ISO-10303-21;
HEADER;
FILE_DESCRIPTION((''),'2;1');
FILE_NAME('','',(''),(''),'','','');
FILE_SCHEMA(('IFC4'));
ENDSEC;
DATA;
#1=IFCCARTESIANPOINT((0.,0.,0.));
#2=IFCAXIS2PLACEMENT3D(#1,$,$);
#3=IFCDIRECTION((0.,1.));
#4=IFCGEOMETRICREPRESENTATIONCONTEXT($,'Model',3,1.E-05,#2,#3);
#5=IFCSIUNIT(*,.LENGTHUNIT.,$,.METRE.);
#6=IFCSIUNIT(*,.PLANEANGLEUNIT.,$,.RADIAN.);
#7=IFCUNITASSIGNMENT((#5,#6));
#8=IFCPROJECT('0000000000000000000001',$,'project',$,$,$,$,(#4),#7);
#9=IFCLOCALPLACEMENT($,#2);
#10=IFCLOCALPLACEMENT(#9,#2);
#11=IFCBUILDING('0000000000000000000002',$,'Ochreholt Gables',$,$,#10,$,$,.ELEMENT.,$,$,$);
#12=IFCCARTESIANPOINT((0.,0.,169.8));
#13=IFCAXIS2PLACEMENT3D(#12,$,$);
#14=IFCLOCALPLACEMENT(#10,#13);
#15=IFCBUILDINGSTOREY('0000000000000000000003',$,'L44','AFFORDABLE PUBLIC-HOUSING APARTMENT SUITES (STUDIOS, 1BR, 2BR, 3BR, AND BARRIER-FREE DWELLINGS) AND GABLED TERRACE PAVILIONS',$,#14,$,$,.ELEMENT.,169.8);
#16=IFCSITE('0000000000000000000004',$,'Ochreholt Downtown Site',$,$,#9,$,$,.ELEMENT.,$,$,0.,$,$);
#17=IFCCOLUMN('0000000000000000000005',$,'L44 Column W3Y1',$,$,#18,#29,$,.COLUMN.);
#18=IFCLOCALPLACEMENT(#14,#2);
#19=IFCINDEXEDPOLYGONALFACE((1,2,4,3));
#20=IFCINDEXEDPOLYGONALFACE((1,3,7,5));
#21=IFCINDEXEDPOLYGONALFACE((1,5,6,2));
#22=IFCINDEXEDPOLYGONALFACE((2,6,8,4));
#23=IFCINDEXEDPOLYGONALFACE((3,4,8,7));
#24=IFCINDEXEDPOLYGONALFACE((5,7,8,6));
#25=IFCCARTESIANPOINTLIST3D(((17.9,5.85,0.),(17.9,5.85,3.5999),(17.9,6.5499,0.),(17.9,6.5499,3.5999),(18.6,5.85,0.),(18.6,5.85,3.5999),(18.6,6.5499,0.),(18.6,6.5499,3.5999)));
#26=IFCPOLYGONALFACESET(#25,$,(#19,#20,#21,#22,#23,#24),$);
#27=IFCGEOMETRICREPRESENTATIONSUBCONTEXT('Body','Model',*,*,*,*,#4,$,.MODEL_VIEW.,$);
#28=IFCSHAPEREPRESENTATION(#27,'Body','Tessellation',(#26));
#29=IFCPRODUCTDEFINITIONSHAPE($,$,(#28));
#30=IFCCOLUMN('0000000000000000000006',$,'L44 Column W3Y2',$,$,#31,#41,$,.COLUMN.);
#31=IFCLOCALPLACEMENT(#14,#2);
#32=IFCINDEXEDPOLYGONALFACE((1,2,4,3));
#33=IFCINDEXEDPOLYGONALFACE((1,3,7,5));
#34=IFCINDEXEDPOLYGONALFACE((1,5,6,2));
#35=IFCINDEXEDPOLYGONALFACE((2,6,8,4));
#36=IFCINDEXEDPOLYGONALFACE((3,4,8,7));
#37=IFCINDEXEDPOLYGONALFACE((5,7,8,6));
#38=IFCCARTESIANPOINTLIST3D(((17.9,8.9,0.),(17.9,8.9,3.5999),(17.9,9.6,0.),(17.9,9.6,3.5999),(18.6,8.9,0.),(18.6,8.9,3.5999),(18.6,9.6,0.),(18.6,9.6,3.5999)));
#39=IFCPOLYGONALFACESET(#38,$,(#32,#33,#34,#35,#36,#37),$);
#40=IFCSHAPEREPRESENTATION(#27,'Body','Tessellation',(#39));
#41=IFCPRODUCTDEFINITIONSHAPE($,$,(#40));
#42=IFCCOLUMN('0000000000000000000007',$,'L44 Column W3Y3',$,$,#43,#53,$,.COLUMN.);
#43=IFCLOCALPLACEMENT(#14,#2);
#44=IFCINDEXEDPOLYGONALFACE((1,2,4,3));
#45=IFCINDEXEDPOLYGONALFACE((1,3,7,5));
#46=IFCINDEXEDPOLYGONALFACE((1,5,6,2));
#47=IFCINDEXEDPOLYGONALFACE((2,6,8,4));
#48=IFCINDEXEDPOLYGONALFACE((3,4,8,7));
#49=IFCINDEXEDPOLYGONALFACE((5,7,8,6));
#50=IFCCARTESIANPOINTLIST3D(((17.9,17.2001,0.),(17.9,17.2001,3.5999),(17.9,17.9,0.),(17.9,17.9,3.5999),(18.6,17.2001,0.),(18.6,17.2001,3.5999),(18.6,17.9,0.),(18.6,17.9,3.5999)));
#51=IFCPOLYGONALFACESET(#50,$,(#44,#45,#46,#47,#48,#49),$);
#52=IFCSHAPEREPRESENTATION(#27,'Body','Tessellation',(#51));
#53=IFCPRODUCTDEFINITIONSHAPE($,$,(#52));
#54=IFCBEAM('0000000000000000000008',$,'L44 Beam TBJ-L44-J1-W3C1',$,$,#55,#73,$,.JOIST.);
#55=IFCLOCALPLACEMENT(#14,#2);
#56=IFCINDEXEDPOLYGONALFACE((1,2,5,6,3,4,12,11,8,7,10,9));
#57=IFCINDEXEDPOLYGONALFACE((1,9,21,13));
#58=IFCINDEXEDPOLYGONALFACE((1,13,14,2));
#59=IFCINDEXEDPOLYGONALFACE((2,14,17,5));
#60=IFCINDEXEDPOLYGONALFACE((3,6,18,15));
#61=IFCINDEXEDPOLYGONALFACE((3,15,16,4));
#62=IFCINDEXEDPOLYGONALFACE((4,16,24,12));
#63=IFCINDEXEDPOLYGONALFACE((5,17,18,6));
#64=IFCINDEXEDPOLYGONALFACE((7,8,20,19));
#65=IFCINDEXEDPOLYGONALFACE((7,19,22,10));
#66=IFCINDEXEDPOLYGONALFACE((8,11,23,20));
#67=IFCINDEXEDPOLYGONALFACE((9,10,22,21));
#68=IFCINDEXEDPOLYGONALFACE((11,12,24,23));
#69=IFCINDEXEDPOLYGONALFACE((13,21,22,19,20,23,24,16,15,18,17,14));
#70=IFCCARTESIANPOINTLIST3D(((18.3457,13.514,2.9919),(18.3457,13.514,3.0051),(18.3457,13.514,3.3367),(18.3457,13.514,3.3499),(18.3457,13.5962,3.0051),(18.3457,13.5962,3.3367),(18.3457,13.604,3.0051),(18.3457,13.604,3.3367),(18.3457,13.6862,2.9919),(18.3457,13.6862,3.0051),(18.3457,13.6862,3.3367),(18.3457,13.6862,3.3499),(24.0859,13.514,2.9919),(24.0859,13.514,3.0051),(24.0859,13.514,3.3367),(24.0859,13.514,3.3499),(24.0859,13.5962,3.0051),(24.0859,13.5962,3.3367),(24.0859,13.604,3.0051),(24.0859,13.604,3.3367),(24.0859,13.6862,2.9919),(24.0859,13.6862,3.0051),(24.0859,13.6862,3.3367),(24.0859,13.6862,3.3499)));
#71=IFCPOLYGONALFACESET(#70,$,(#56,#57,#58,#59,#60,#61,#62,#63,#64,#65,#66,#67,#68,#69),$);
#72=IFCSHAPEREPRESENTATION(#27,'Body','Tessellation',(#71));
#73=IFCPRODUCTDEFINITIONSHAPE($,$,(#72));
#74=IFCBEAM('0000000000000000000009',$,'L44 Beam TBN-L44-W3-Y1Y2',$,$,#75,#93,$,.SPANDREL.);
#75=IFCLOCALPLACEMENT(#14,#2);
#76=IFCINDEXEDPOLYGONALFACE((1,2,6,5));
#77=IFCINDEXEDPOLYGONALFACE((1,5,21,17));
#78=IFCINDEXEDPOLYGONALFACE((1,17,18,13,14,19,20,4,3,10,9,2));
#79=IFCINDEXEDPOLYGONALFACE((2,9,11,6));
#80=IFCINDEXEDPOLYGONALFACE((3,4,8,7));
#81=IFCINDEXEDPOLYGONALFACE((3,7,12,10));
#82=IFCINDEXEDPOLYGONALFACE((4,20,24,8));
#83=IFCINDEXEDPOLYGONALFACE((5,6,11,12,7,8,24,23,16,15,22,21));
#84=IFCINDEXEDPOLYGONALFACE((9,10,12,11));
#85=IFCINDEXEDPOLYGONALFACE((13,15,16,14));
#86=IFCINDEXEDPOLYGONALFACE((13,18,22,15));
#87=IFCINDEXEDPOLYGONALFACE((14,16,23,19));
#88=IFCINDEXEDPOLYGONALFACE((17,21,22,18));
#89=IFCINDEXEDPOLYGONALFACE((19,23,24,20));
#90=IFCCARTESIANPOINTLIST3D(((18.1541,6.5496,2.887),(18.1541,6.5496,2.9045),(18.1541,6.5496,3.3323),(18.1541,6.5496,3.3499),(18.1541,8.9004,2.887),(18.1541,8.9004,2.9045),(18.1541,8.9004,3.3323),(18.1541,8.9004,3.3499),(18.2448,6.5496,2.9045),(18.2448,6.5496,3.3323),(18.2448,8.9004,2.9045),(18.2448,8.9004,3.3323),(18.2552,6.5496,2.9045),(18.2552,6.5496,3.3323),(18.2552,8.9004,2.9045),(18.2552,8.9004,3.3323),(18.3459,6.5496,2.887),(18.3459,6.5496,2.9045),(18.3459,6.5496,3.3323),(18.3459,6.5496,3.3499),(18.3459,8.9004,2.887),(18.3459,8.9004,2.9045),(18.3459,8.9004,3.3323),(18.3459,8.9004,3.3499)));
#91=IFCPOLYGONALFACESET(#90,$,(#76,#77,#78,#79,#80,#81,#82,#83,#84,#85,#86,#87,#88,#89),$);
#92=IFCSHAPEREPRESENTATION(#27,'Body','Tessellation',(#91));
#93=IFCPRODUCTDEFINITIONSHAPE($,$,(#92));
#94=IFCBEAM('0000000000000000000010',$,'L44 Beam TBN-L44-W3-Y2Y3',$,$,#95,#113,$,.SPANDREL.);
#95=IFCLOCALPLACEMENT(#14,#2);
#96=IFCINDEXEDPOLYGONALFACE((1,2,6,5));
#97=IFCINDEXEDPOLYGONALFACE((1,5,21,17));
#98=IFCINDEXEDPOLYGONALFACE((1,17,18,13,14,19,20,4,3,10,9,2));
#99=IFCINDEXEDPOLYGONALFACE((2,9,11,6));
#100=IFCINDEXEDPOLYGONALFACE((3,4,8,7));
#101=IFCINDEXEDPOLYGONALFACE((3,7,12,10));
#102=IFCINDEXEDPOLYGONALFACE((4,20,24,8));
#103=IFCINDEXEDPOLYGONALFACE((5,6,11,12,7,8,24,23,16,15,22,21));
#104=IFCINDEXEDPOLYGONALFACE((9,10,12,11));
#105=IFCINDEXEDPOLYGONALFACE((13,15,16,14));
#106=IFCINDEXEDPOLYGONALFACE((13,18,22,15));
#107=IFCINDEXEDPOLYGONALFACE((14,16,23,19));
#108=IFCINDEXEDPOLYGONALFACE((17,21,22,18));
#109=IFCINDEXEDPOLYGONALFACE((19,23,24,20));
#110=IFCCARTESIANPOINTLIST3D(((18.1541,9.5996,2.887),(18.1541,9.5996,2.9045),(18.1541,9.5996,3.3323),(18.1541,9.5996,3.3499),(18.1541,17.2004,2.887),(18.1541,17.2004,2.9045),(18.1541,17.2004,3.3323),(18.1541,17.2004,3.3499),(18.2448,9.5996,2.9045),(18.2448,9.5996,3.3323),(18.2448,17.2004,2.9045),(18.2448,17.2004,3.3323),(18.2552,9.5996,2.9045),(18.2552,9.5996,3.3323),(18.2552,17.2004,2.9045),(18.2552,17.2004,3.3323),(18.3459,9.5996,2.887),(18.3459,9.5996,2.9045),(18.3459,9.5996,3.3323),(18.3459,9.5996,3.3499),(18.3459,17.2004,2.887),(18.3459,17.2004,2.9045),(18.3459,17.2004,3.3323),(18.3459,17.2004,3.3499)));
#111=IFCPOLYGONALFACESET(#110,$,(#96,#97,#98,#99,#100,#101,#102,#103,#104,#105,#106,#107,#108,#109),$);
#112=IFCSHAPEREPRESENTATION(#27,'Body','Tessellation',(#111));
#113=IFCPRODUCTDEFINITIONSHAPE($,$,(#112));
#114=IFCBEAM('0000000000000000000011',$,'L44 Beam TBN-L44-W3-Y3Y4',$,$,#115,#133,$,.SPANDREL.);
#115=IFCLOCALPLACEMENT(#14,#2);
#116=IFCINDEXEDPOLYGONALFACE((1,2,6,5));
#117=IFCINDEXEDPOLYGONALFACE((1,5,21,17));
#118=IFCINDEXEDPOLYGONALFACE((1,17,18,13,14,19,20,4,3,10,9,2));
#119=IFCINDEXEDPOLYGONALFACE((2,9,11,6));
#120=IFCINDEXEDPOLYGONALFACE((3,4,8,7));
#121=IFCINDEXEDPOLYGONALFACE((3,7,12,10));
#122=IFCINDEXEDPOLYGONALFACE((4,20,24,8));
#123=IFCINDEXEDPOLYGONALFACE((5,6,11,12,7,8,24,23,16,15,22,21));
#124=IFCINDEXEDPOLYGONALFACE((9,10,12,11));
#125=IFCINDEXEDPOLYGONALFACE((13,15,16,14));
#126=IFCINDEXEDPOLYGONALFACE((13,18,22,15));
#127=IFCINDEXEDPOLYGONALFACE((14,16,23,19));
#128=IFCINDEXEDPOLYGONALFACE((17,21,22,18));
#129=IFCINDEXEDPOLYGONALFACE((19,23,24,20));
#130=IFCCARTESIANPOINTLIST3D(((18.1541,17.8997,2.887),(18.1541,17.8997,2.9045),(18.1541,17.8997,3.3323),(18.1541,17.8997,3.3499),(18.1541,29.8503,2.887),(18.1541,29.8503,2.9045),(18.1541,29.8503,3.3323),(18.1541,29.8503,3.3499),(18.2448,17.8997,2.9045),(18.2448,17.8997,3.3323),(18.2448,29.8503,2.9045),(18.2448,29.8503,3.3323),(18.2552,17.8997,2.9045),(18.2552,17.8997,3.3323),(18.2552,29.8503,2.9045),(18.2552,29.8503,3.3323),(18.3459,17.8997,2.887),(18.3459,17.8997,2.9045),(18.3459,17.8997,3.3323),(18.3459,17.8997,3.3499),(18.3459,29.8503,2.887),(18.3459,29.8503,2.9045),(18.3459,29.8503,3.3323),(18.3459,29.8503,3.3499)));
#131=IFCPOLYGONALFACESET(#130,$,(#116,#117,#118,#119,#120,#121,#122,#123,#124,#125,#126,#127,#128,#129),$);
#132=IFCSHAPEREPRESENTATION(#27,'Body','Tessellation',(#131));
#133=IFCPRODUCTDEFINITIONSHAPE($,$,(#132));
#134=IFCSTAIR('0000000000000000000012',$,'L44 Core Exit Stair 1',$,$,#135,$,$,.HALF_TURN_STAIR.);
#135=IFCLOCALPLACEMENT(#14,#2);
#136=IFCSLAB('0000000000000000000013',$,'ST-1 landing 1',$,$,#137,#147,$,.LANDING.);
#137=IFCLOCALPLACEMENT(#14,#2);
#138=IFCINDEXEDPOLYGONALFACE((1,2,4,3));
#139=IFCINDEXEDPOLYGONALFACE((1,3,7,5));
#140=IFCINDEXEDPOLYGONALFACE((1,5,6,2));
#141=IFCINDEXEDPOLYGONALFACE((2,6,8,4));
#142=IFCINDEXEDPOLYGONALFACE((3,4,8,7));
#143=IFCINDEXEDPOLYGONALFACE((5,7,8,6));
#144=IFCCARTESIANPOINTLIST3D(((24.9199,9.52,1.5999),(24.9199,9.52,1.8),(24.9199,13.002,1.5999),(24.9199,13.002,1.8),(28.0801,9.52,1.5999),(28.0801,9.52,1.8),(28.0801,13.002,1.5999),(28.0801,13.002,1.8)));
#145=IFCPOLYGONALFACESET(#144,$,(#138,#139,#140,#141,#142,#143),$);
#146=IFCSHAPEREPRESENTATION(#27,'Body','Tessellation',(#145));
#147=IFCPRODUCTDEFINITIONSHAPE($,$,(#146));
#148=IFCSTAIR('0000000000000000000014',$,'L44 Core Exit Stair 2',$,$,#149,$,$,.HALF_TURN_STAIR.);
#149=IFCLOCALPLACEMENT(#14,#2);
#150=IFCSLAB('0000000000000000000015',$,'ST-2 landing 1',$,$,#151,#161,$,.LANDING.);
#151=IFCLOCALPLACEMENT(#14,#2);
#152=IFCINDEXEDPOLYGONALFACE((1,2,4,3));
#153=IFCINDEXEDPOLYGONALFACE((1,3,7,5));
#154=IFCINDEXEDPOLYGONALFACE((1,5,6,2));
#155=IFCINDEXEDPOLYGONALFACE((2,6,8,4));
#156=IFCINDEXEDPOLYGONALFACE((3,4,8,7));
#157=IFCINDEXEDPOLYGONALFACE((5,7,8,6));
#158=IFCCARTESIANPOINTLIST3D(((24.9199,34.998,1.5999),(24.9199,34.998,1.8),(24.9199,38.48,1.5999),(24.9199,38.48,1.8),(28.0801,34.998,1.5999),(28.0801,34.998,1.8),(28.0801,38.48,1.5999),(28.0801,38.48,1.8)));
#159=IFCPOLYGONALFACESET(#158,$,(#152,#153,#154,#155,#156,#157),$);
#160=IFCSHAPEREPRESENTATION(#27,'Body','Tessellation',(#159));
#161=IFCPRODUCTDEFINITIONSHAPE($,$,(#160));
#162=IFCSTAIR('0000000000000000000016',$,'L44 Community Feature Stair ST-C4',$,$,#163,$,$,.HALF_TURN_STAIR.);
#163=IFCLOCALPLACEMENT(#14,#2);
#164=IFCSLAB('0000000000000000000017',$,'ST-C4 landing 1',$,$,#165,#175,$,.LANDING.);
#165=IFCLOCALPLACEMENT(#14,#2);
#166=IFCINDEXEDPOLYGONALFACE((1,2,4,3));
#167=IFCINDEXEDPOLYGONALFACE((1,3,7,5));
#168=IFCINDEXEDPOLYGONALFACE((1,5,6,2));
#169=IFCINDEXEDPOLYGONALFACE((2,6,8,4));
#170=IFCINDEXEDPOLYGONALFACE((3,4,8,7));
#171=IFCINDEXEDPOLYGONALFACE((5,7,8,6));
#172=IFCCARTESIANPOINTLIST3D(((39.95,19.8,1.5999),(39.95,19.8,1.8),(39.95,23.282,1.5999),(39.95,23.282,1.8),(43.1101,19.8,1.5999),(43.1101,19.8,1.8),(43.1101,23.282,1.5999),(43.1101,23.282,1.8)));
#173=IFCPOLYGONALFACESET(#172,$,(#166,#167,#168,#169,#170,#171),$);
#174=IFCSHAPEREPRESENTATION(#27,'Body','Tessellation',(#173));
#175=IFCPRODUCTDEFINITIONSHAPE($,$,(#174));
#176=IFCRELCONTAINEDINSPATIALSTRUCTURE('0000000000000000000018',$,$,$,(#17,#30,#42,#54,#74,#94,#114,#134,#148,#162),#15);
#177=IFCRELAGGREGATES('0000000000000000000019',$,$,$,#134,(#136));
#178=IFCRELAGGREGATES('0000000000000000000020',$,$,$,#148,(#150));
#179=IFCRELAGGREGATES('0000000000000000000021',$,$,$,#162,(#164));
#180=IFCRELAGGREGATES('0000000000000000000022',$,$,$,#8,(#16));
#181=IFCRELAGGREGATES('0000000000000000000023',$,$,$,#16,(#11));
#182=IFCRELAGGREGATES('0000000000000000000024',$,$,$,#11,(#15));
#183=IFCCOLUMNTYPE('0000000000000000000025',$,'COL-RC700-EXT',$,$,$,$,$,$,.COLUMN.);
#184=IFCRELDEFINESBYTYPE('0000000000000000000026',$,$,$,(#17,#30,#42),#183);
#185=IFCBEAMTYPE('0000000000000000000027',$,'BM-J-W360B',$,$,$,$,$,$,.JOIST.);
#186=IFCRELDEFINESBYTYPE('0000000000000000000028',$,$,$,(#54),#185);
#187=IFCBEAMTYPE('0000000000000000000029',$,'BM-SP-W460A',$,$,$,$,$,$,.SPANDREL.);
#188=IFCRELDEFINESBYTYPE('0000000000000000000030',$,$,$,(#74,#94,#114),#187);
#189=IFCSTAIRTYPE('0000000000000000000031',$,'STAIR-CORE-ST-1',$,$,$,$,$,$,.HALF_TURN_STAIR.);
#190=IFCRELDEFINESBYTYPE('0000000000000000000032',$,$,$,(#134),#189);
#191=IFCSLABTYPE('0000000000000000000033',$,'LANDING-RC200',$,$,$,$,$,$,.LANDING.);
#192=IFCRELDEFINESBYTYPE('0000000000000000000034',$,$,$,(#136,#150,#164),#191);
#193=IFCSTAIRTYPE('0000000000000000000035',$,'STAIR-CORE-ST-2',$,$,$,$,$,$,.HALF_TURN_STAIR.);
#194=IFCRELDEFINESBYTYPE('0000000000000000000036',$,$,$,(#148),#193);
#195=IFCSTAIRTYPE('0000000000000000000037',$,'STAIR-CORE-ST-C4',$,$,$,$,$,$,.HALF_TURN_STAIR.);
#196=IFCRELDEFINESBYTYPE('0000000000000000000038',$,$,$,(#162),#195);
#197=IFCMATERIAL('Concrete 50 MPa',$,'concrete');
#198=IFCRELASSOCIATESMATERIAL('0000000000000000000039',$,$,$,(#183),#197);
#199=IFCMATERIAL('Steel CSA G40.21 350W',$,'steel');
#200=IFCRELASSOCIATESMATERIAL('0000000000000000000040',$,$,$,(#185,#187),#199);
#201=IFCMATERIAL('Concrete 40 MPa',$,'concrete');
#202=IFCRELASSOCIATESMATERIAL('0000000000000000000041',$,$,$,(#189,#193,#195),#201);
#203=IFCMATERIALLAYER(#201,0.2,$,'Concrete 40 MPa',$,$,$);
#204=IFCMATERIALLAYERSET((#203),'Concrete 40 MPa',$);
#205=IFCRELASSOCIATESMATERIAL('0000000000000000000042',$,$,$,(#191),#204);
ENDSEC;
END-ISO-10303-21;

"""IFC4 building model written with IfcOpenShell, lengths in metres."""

from ifc_helpers import new_model, si_unit, direction, frame, origin, origin_2d, place, context, subcontext, project, spatial, polyline, rectangle, i_section, outline, extrude, material, layer, layer_set, material_profile, profile_set, type_object, element, aggregate, save


model = new_model("IFC4")

# Units and contexts
model_context = context("Model", 3, precision=1e-05, world=origin(), true_north=direction((0.0, 1.0)))
body_context = subcontext(model_context, "Body", "Model", "MODEL_VIEW")
ifc_project = project(units=[si_unit("LENGTHUNIT", "METRE"), si_unit("PLANEANGLEUNIT", "RADIAN")], contexts=[model_context])

# Site, building, storey
site_placement = place(None, origin())
site = spatial("IfcSite", under=ifc_project, at=site_placement, Name="Ochreholt Downtown Site", CompositionType="ELEMENT", RefElevation=0.0)
building_placement = place(site_placement, origin())
building = spatial("IfcBuilding", under=site, at=building_placement, Name="Ochreholt Gables", CompositionType="ELEMENT")
storey_placement = place(building_placement, frame((0.0, 0.0, 169.8)))
storey = spatial("IfcBuildingStorey", under=building, at=storey_placement, Name="L44", Description="AFFORDABLE PUBLIC-HOUSING APARTMENT SUITES (STUDIOS, 1BR, 2BR, 3BR, AND BARRIER-FREE DWELLINGS) AND GABLED TERRACE PAVILIONS", CompositionType="ELEMENT", Elevation=169.8)

# Columns
ifc_material_1 = material(Name="Concrete 50 MPa", Category="concrete")
ifc_material_profile_1 = material_profile(ifc_material_1, rectangle(XDim=0.7, YDim=0.7, at=origin_2d()), Name="RC700X700")
ifc_profile_set_1 = profile_set([ifc_material_profile_1], Name="Concrete 50 MPa")
column_type = type_object("IfcColumnType", Name="COL-RC700-EXT", PredefinedType="COLUMN", material=ifc_profile_set_1)
for number, where, z_axis, x_axis, name in (
    (1, (18.25, 6.2, 0.0), (0.0, 0.0, 1.0), (1.0, 0.0, 0.0), "L44 Column W3Y1"),
    (2, (18.25, 9.25, 0.0), (0.0, 0.0, 1.0), (1.0, 0.0, 0.0), "L44 Column W3Y2"),
    (3, (18.25, 17.55, 0.0), (0.0, 0.0, 1.0), (1.0, 0.0, 0.0), "L44 Column W3Y3"),
):
    element("IfcColumn", number, at=place(storey_placement, frame(where, z_axis=z_axis, x_axis=x_axis)), inside=storey, type_object=column_type, Name=name, PredefinedType="COLUMN", context=body_context, shape_type="SweptSolid", body=[
        extrude(rectangle(XDim=0.7, YDim=0.7, at=origin_2d()), origin(), (0.0, 0.0, 1.0), 3.5999),
    ])

# Beams
ifc_material_2 = material(Name="Steel CSA G40.21 350W", Category="steel")
ifc_material_profile_2 = material_profile(ifc_material_2, i_section(OverallWidth=0.1721, OverallDepth=0.3579, WebThickness=0.0078, FlangeThickness=0.0132, at=origin_2d()), Name="W360X57")
ifc_profile_set_2 = profile_set([ifc_material_profile_2], Name="Steel CSA G40.21 350W")
beam_type_1 = type_object("IfcBeamType", Name="BM-J-W360B", PredefinedType="JOIST", material=ifc_profile_set_2)
beam_1_placement = place(storey_placement, frame((18.3457, 13.6001, 3.1709), z_axis=(1.0, 0.0, 0.0), x_axis=(0.0, 1.0, 0.0)))
element("IfcBeam", 4, at=beam_1_placement, inside=storey, type_object=beam_type_1, Name="L44 Beam TBJ-L44-J1-W3C1", PredefinedType="JOIST", context=body_context, shape_type="SweptSolid", body=[
    extrude(i_section(OverallWidth=0.1721, OverallDepth=0.3579, WebThickness=0.0078, FlangeThickness=0.0132, at=origin_2d()), origin(), (0.0, 0.0, 1.0), 5.7402),
])
ifc_material_profile_3 = material_profile(ifc_material_2, i_section(OverallWidth=0.1919, OverallDepth=0.4629, WebThickness=0.0105, FlangeThickness=0.0176, at=origin_2d()), Name="W460X89")
ifc_profile_set_3 = profile_set([ifc_material_profile_3], Name="Steel CSA G40.21 350W")
beam_type_2 = type_object("IfcBeamType", Name="BM-SP-W460A", PredefinedType="SPANDREL", material=ifc_profile_set_3)
beam_2_placement = place(storey_placement, frame((18.25, 6.5496, 3.1184), z_axis=(0.0, 1.0, 0.0), x_axis=(-1.0, 0.0, 0.0)))
element("IfcBeam", 5, at=beam_2_placement, inside=storey, type_object=beam_type_2, Name="L44 Beam TBN-L44-W3-Y1Y2", PredefinedType="SPANDREL", context=body_context, shape_type="SweptSolid", body=[
    extrude(i_section(OverallWidth=0.1919, OverallDepth=0.4629, WebThickness=0.0105, FlangeThickness=0.0176, at=origin_2d()), origin(), (0.0, 0.0, 1.0), 2.3508),
])
beam_3_placement = place(storey_placement, frame((18.25, 9.5996, 3.1184), z_axis=(0.0, 1.0, 0.0), x_axis=(-1.0, 0.0, 0.0)))
element("IfcBeam", 6, at=beam_3_placement, inside=storey, type_object=beam_type_2, Name="L44 Beam TBN-L44-W3-Y2Y3", PredefinedType="SPANDREL", context=body_context, shape_type="SweptSolid", body=[
    extrude(i_section(OverallWidth=0.1919, OverallDepth=0.4629, WebThickness=0.0105, FlangeThickness=0.0176, at=origin_2d()), origin(), (0.0, 0.0, 1.0), 7.6008),
])
beam_4_placement = place(storey_placement, frame((18.25, 17.8997, 3.1184), z_axis=(0.0, 1.0, 0.0), x_axis=(-1.0, 0.0, 0.0)))
element("IfcBeam", 7, at=beam_4_placement, inside=storey, type_object=beam_type_2, Name="L44 Beam TBN-L44-W3-Y3Y4", PredefinedType="SPANDREL", context=body_context, shape_type="SweptSolid", body=[
    extrude(i_section(OverallWidth=0.1919, OverallDepth=0.4629, WebThickness=0.0105, FlangeThickness=0.0176, at=origin_2d()), origin(), (0.0, 0.0, 1.0), 11.9507),
])

# Stairs, slabs
ifc_material_3 = material(Name="Concrete 40 MPa", Category="concrete")
stair_type_1 = type_object("IfcStairType", Name="STAIR-CORE-ST-1", PredefinedType="HALF_TURN_STAIR", material=ifc_material_3)
stair_1_placement = place(storey_placement, origin())
stair_1 = element("IfcStair", 8, at=stair_1_placement, inside=storey, type_object=stair_type_1, Name="L44 Core Exit Stair 1", PredefinedType="HALF_TURN_STAIR")
ifc_layer_1 = layer(ifc_material_3, 0.2, Name="Concrete 40 MPa")
ifc_layer_set_1 = layer_set([ifc_layer_1], Name="Concrete 40 MPa")
slab_type_1 = type_object("IfcSlabType", Name="LANDING-RC200", PredefinedType="LANDING", material=ifc_layer_set_1)
slab_1_placement = place(storey_placement, frame((0.0, 0.0, 1.5999)))
slab_1 = element("IfcSlab", 9, at=slab_1_placement, type_object=slab_type_1, Name="ST-1 landing 1", PredefinedType="LANDING", context=body_context, shape_type="SweptSolid", body=[
    extrude(outline(polyline([(24.9199, 13.002), (24.9199, 9.52), (28.0801, 9.52), (28.0801, 13.002), (24.9199, 13.002)])), origin(), (0.0, 0.0, 1.0), 0.2002),
])
aggregate(stair_1, [slab_1])
stair_type_2 = type_object("IfcStairType", Name="STAIR-CORE-ST-2", PredefinedType="HALF_TURN_STAIR", material=ifc_material_3)
stair_2_placement = place(storey_placement, origin())
stair_2 = element("IfcStair", 10, at=stair_2_placement, inside=storey, type_object=stair_type_2, Name="L44 Core Exit Stair 2", PredefinedType="HALF_TURN_STAIR")
slab_2_placement = place(storey_placement, frame((0.0, 0.0, 1.5999)))
slab_2 = element("IfcSlab", 11, at=slab_2_placement, type_object=slab_type_1, Name="ST-2 landing 1", PredefinedType="LANDING", context=body_context, shape_type="SweptSolid", body=[
    extrude(outline(polyline([(28.0801, 34.998), (28.0801, 38.48), (24.9199, 38.48), (24.9199, 34.998), (28.0801, 34.998)])), origin(), (0.0, 0.0, 1.0), 0.2002),
])
aggregate(stair_2, [slab_2])
stair_type_3 = type_object("IfcStairType", Name="STAIR-CORE-ST-C4", PredefinedType="HALF_TURN_STAIR", material=ifc_material_3)
stair_3_placement = place(storey_placement, origin())
stair_3 = element("IfcStair", 12, at=stair_3_placement, inside=storey, type_object=stair_type_3, Name="L44 Community Feature Stair ST-C4", PredefinedType="HALF_TURN_STAIR")
slab_3_placement = place(storey_placement, frame((0.0, 0.0, 1.5999)))
slab_3 = element("IfcSlab", 13, at=slab_3_placement, type_object=slab_type_1, Name="ST-C4 landing 1", PredefinedType="LANDING", context=body_context, shape_type="SweptSolid", body=[
    extrude(outline(polyline([(39.95, 23.282), (39.95, 19.8), (43.1101, 19.8), (43.1101, 23.282), (39.95, 23.282)])), origin(), (0.0, 0.0, 1.0), 0.2002),
])
aggregate(stair_3, [slab_3])

save(model, "model.ifc")
